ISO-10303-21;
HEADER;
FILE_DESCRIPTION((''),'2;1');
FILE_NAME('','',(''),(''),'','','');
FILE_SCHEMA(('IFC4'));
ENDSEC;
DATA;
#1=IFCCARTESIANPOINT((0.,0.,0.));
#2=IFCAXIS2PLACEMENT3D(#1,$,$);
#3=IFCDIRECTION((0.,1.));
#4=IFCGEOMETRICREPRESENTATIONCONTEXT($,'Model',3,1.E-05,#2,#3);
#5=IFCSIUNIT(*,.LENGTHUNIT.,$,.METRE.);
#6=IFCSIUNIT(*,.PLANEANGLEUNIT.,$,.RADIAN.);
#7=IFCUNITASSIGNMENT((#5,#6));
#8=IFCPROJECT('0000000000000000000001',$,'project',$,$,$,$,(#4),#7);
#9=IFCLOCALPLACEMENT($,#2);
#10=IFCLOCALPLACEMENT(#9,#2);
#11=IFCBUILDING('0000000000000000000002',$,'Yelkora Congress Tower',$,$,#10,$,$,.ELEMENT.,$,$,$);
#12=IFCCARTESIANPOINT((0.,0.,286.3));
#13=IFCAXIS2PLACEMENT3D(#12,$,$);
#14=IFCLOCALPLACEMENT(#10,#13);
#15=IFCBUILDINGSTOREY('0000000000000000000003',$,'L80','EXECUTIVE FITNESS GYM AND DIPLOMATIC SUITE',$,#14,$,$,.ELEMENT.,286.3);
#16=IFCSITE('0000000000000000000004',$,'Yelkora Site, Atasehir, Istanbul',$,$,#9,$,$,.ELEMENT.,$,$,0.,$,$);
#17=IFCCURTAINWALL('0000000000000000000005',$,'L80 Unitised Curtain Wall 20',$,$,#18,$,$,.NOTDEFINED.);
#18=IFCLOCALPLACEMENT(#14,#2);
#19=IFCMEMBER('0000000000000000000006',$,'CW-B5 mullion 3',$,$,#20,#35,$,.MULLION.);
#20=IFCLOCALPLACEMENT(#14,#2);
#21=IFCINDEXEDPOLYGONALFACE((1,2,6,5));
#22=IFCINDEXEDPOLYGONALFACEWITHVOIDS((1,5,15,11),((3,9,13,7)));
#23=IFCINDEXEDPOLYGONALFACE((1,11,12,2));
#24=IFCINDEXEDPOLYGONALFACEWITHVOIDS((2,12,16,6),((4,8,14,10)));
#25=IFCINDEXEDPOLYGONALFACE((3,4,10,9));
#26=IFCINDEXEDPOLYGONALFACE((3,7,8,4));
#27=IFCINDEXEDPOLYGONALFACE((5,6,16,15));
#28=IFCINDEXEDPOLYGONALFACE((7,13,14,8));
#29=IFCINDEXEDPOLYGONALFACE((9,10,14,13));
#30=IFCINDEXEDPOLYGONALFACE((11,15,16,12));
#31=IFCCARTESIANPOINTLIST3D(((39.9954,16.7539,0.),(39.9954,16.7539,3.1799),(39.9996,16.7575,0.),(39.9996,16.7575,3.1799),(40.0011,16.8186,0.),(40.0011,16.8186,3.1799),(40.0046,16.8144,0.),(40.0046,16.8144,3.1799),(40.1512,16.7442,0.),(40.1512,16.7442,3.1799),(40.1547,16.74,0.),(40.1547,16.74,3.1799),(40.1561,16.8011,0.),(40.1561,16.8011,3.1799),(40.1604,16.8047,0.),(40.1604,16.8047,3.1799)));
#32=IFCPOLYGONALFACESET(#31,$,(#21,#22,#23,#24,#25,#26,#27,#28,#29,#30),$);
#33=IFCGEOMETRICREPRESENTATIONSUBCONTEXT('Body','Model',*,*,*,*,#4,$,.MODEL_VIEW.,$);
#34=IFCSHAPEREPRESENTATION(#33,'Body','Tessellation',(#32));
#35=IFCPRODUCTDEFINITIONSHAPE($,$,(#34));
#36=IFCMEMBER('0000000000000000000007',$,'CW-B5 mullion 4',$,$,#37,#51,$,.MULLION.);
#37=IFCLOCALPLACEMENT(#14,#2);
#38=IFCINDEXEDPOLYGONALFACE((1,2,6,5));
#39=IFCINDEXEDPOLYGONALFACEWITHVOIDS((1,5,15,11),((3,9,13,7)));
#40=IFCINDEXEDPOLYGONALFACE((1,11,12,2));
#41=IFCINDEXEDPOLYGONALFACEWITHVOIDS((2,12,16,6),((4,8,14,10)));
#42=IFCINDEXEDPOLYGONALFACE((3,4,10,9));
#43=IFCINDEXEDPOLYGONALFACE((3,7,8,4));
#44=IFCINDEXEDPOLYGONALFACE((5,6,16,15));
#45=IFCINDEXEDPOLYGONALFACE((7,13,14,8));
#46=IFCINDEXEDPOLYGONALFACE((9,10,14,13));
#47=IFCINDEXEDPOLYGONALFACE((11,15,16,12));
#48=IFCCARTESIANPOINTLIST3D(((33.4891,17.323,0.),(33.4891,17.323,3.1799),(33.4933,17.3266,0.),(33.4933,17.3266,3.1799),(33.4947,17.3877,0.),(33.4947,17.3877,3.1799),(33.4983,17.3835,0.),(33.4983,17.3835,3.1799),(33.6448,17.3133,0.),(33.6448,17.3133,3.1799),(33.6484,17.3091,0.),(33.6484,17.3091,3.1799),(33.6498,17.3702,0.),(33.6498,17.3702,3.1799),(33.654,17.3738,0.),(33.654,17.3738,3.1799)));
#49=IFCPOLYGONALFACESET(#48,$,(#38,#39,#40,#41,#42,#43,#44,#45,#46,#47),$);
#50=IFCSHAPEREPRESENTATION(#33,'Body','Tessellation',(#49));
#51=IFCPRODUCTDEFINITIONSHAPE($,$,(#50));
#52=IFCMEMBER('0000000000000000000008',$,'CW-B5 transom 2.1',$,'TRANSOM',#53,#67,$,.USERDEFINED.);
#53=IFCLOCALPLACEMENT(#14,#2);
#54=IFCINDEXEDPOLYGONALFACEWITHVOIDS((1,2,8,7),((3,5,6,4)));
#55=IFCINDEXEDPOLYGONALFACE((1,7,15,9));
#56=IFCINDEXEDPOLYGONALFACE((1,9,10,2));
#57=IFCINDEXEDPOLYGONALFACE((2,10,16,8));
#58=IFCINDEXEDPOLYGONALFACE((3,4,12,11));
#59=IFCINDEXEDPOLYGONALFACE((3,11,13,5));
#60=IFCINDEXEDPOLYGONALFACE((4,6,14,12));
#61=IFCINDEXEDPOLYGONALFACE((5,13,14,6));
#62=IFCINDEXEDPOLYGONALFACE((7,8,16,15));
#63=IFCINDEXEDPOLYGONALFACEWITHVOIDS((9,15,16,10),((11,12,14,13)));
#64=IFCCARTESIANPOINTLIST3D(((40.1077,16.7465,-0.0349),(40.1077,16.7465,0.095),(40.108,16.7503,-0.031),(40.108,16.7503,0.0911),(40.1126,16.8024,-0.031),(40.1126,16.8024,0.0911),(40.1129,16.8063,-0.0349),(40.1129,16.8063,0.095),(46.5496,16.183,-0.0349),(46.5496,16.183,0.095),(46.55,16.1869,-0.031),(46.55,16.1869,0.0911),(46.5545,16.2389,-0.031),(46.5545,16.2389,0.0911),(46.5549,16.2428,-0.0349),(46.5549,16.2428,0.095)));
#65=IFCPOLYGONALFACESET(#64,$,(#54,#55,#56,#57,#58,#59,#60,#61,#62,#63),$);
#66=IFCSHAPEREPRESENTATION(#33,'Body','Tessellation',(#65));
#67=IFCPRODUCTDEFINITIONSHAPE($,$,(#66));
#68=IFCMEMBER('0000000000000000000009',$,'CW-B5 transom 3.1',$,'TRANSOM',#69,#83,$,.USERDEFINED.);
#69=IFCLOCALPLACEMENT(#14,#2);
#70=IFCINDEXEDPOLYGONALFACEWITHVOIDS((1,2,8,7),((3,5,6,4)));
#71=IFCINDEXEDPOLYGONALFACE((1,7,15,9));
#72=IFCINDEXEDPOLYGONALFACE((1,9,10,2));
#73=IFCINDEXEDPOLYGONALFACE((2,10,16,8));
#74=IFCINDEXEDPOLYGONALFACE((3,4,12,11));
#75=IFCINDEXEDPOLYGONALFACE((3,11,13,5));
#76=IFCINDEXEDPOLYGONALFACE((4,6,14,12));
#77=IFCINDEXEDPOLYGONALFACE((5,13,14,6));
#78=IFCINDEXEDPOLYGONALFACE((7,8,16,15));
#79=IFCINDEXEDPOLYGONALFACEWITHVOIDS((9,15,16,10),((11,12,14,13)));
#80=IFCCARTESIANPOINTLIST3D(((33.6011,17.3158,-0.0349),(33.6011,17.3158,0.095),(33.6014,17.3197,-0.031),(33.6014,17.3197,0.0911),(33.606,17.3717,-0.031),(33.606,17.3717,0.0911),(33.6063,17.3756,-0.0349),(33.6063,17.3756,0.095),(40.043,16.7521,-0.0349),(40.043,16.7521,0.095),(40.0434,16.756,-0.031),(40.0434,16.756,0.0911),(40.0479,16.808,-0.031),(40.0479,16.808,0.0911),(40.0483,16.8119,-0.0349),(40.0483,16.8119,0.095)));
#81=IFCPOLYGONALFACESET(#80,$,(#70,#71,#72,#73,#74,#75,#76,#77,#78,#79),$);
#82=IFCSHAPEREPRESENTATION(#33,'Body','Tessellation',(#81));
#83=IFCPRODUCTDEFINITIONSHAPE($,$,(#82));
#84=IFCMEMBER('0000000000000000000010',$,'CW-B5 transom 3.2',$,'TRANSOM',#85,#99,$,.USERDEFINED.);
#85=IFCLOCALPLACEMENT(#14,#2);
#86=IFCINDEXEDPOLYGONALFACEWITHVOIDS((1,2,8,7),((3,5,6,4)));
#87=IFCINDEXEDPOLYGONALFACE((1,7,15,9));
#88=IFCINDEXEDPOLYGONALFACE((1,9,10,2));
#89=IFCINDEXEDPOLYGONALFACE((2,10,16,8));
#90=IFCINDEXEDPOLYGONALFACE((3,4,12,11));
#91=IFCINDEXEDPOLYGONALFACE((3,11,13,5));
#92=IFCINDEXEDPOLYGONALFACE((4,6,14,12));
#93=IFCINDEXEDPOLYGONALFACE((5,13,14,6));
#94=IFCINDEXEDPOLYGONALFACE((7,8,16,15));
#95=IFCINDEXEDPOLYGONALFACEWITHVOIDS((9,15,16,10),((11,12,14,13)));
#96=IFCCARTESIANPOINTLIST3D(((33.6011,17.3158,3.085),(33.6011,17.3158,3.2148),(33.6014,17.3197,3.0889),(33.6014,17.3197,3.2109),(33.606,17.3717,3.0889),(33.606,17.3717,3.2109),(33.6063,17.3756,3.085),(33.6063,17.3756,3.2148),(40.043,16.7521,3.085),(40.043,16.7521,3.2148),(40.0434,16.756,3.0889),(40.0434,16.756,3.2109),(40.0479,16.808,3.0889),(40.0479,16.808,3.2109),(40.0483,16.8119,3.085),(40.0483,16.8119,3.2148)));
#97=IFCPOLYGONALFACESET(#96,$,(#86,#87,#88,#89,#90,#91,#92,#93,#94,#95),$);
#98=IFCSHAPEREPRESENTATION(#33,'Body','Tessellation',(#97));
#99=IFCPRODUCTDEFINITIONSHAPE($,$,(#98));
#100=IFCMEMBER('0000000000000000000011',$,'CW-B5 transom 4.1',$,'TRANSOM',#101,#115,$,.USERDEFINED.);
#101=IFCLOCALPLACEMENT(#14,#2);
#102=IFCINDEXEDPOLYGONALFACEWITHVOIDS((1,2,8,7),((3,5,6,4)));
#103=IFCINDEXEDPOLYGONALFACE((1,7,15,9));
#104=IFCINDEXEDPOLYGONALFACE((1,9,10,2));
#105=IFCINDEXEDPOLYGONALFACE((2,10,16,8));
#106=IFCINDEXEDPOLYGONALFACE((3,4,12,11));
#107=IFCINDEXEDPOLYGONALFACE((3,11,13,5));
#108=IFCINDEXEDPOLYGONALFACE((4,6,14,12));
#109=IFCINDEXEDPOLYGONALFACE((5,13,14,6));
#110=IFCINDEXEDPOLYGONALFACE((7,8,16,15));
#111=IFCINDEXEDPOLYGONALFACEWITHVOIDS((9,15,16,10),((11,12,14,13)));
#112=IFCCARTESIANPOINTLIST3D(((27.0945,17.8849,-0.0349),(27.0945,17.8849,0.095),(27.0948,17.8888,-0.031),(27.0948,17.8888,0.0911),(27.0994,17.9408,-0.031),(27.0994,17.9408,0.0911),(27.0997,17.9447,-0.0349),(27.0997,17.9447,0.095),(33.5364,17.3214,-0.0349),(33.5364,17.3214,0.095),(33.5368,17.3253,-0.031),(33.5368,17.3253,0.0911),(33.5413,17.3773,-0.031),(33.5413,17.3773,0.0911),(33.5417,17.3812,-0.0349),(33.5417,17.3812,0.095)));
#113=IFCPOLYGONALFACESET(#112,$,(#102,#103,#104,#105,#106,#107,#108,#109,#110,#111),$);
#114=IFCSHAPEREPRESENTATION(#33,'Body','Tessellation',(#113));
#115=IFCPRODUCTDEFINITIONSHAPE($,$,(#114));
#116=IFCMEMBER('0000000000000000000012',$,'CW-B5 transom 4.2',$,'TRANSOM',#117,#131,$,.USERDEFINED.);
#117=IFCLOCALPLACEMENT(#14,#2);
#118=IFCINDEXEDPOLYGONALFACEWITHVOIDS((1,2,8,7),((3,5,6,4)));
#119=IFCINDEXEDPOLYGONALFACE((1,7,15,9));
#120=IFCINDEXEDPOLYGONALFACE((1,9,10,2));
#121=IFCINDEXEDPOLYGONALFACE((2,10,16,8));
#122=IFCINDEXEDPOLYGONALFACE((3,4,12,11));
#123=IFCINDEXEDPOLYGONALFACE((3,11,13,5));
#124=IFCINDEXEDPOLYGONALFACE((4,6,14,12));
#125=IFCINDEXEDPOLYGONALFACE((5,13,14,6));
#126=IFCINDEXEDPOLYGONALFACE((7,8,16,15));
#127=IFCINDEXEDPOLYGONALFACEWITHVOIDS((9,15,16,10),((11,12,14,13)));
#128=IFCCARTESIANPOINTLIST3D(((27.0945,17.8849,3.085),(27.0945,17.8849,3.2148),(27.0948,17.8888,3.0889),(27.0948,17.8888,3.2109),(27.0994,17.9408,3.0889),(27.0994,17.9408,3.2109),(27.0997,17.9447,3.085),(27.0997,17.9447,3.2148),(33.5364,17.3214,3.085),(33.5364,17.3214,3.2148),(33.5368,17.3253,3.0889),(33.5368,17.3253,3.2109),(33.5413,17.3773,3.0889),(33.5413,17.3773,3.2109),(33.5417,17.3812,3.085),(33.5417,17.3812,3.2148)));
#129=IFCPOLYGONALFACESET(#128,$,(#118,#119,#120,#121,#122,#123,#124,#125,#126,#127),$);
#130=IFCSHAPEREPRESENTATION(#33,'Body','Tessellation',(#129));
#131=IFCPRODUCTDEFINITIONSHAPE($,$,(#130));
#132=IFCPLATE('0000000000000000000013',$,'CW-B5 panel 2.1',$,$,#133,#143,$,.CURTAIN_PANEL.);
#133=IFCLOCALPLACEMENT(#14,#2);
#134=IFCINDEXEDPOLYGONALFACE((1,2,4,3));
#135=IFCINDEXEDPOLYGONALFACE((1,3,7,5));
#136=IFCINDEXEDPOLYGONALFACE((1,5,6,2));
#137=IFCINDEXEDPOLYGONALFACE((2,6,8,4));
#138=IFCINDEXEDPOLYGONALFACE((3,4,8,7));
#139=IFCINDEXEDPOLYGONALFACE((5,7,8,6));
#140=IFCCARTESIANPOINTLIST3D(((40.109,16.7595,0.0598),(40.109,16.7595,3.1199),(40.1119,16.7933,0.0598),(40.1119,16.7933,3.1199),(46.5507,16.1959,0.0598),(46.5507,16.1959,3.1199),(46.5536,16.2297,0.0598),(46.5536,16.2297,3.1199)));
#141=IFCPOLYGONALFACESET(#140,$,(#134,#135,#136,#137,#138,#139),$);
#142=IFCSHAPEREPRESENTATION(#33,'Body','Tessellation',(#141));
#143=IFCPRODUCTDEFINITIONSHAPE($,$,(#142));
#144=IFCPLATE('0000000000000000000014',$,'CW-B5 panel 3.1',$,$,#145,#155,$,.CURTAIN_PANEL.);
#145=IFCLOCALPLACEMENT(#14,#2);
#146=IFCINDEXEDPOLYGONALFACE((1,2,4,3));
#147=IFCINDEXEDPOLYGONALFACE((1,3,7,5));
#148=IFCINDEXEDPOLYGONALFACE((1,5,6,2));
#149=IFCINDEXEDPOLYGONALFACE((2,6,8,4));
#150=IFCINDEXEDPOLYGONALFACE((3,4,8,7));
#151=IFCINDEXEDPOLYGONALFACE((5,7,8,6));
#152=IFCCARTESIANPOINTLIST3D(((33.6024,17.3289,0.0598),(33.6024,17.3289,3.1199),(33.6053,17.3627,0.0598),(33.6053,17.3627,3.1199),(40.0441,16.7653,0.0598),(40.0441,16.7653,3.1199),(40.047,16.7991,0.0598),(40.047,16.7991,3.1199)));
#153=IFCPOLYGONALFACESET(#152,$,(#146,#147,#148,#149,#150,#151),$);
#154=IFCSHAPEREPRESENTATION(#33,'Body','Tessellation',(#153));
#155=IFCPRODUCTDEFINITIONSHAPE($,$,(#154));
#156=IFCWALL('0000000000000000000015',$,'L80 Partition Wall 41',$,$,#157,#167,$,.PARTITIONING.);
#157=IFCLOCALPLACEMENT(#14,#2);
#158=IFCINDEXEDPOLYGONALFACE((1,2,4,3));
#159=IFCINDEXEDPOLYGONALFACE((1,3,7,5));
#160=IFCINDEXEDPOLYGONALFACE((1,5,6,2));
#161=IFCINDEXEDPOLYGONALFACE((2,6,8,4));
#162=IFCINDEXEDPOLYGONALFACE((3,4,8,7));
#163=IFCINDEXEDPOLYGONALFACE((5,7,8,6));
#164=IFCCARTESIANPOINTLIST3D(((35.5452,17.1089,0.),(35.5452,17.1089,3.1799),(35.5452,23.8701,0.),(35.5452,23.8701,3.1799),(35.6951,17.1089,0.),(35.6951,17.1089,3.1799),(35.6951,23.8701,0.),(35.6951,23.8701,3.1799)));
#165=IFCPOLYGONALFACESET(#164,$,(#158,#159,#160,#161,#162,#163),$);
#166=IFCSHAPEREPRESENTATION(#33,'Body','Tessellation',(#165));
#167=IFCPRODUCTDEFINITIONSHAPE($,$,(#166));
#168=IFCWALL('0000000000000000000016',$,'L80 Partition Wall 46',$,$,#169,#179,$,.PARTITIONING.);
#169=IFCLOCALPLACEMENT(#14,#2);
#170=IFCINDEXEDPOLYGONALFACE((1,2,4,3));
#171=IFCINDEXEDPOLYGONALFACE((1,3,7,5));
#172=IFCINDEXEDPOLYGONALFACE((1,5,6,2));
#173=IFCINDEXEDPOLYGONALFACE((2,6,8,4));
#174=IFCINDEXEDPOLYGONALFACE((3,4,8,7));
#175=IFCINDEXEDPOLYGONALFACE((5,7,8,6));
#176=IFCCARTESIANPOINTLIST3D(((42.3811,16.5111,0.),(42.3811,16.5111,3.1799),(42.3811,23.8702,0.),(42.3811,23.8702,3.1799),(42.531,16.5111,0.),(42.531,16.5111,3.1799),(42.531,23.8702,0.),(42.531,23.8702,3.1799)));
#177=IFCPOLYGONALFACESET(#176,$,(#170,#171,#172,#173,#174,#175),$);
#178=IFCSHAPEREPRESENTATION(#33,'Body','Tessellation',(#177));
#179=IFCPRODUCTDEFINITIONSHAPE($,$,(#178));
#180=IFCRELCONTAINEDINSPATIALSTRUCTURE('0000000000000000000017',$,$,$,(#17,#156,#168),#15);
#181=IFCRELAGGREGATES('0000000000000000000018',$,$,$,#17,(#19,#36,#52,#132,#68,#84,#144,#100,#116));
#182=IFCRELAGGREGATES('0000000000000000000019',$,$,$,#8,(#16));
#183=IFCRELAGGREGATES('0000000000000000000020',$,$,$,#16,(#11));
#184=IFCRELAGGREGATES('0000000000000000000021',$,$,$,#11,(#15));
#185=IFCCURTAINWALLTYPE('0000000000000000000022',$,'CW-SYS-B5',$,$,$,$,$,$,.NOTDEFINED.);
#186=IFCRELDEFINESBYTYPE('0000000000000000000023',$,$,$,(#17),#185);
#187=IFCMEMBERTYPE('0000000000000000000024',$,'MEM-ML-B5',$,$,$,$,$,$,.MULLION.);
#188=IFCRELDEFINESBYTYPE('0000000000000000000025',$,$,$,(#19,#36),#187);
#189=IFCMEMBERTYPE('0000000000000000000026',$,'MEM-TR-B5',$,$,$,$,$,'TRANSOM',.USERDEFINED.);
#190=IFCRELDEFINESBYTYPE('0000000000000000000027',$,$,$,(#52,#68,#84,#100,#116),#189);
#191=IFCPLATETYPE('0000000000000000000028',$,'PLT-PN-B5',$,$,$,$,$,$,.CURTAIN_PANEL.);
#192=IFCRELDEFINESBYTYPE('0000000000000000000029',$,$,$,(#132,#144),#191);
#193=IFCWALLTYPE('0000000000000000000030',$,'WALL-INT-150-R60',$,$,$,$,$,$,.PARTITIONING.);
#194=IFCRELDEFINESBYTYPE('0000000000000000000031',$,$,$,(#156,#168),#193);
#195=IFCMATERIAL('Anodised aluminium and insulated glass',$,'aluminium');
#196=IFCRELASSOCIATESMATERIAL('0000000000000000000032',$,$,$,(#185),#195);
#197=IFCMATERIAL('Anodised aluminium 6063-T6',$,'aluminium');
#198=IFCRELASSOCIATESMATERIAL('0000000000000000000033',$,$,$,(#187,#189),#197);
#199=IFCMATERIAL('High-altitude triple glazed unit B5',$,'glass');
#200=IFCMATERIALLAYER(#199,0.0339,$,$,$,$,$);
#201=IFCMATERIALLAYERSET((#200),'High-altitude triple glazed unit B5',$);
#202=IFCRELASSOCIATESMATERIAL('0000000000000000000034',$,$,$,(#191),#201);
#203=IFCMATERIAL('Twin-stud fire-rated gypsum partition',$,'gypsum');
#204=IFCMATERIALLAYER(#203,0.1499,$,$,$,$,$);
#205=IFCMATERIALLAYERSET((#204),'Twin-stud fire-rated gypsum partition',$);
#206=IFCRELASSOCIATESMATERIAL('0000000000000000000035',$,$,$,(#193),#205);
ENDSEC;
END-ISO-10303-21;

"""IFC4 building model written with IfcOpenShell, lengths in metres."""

from ifc_helpers import new_model, si_unit, direction, frame, frame_2d, origin, origin_2d, place, context, subcontext, project, spatial, rectangle, hollow_rectangle, extrude, material, layer, layer_set, material_profile, profile_set, type_object, element, aggregate, save


model = new_model("IFC4")

# Units and contexts
model_context = context("Model", 3, precision=1e-05, world=origin(), true_north=direction((0.0, 1.0)))
body_context = subcontext(model_context, "Body", "Model", "MODEL_VIEW")
ifc_project = project(units=[si_unit("LENGTHUNIT", "METRE"), si_unit("PLANEANGLEUNIT", "RADIAN")], contexts=[model_context])

# Site, building, storey
site_placement = place(None, origin())
site = spatial("IfcSite", under=ifc_project, at=site_placement, Name="Yelkora Site, Atasehir, Istanbul", CompositionType="ELEMENT", RefElevation=0.0)
building_placement = place(site_placement, origin())
building = spatial("IfcBuilding", under=site, at=building_placement, Name="Yelkora Congress Tower", CompositionType="ELEMENT")
storey_placement = place(building_placement, frame((0.0, 0.0, 286.3)))
storey = spatial("IfcBuildingStorey", under=building, at=storey_placement, Name="L80", Description="EXECUTIVE FITNESS GYM AND DIPLOMATIC SUITE", CompositionType="ELEMENT", Elevation=286.3)

# Curtain wall, members, plates
ifc_material_1 = material(Name="Anodised aluminium and insulated glass", Category="aluminium")
curtain_wall_type = type_object("IfcCurtainWallType", Name="CW-SYS-B5", PredefinedType="NOTDEFINED", material=ifc_material_1)
curtain_wall_placement = place(storey_placement, origin())
curtain_wall = element("IfcCurtainWall", 1, at=curtain_wall_placement, inside=storey, type_object=curtain_wall_type, Name="L80 Unitised Curtain Wall 20", PredefinedType="NOTDEFINED")
ifc_material_2 = material(Name="Anodised aluminium 6063-T6", Category="aluminium")
ifc_material_profile_1 = material_profile(ifc_material_2, hollow_rectangle(XDim=0.0649, YDim=0.1599, WallThickness=0.0039, at=origin_2d()), Name="ALU 65x160x4")
ifc_profile_set_1 = profile_set([ifc_material_profile_1], Name="Anodised aluminium 6063-T6")
member_type_1 = type_object("IfcMemberType", Name="MEM-ML-B5", PredefinedType="MULLION", material=ifc_profile_set_1)
member_1_placement = place(storey_placement, frame((40.0779, 16.7793, 0.0), z_axis=(0.0, 0.0, 1.0), x_axis=(-0.087157, -0.996195, 0.0)))
member_1 = element("IfcMember", 2, at=member_1_placement, type_object=member_type_1, Name="CW-B5 mullion 3", PredefinedType="MULLION", context=body_context, shape_type="SweptSolid", body=[
    extrude(hollow_rectangle(XDim=0.0649, YDim=0.1599, WallThickness=0.0039, at=origin_2d()), origin(), (0.0, 0.0, 1.0), 3.1799),
])
member_2_placement = place(storey_placement, frame((33.5715, 17.3484, 0.0), z_axis=(0.0, 0.0, 1.0), x_axis=(-0.087157, -0.996195, 0.0)))
member_2 = element("IfcMember", 3, at=member_2_placement, type_object=member_type_1, Name="CW-B5 mullion 4", PredefinedType="MULLION", context=body_context, shape_type="SweptSolid", body=[
    extrude(hollow_rectangle(XDim=0.0649, YDim=0.1599, WallThickness=0.0039, at=origin_2d()), origin(), (0.0, 0.0, 1.0), 3.1799),
])
ifc_material_profile_2 = material_profile(ifc_material_2, hollow_rectangle(XDim=0.0601, YDim=0.1299, WallThickness=0.0039, at=origin_2d()), Name="ALU 60x130x4")
ifc_profile_set_2 = profile_set([ifc_material_profile_2], Name="Anodised aluminium 6063-T6")
member_type_2 = type_object("IfcMemberType", Name="MEM-TR-B5", ElementType="TRANSOM", PredefinedType="USERDEFINED", material=ifc_profile_set_2)
member_3_placement = place(storey_placement, frame((46.5522, 16.2129, 0.03), z_axis=(-0.996196, 0.087138, 0.0), x_axis=(-0.087138, -0.996196, 0.0)))
member_3 = element("IfcMember", 4, at=member_3_placement, type_object=member_type_2, Name="CW-B5 transom 2.1", ObjectType="TRANSOM", PredefinedType="USERDEFINED", context=body_context, shape_type="SweptSolid", body=[
    extrude(hollow_rectangle(XDim=0.0601, YDim=0.1299, WallThickness=0.0039, at=origin_2d()), origin(), (0.0, 0.0, 1.0), 6.4666),
])
member_4_placement = place(storey_placement, frame((40.0457, 16.782, 0.03), z_axis=(-0.996193, 0.087175, 0.0), x_axis=(-0.087175, -0.996193, 0.0)))
member_4 = element("IfcMember", 5, at=member_4_placement, type_object=member_type_2, Name="CW-B5 transom 3.1", ObjectType="TRANSOM", PredefinedType="USERDEFINED", context=body_context, shape_type="SweptSolid", body=[
    extrude(hollow_rectangle(XDim=0.0601, YDim=0.1299, WallThickness=0.0039, at=origin_2d()), origin(), (0.0, 0.0, 1.0), 6.4666),
])
member_5_placement = place(storey_placement, frame((40.0457, 16.782, 3.1499), z_axis=(-0.996193, 0.087175, 0.0), x_axis=(-0.087175, -0.996193, 0.0)))
member_5 = element("IfcMember", 6, at=member_5_placement, type_object=member_type_2, Name="CW-B5 transom 3.2", ObjectType="TRANSOM", PredefinedType="USERDEFINED", context=body_context, shape_type="SweptSolid", body=[
    extrude(hollow_rectangle(XDim=0.0601, YDim=0.1299, WallThickness=0.0039, at=origin_2d()), origin(), (0.0, 0.0, 1.0), 6.4666),
])
member_6_placement = place(storey_placement, frame((33.5391, 17.3513, 0.03), z_axis=(-0.996196, 0.087138, 0.0), x_axis=(-0.087138, -0.996196, 0.0)))
member_6 = element("IfcMember", 7, at=member_6_placement, type_object=member_type_2, Name="CW-B5 transom 4.1", ObjectType="TRANSOM", PredefinedType="USERDEFINED", context=body_context, shape_type="SweptSolid", body=[
    extrude(hollow_rectangle(XDim=0.0601, YDim=0.1299, WallThickness=0.0039, at=origin_2d()), origin(), (0.0, 0.0, 1.0), 6.4666),
])
member_7_placement = place(storey_placement, frame((33.5391, 17.3513, 3.1499), z_axis=(-0.996196, 0.087138, 0.0), x_axis=(-0.087138, -0.996196, 0.0)))
member_7 = element("IfcMember", 8, at=member_7_placement, type_object=member_type_2, Name="CW-B5 transom 4.2", ObjectType="TRANSOM", PredefinedType="USERDEFINED", context=body_context, shape_type="SweptSolid", body=[
    extrude(hollow_rectangle(XDim=0.0601, YDim=0.1299, WallThickness=0.0039, at=origin_2d()), origin(), (0.0, 0.0, 1.0), 6.4666),
])
ifc_material_3 = material(Name="High-altitude triple glazed unit B5", Category="glass")
ifc_layer_1 = layer(ifc_material_3, 0.0339)
ifc_layer_set_1 = layer_set([ifc_layer_1], Name="High-altitude triple glazed unit B5")
plate_type = type_object("IfcPlateType", Name="PLT-PN-B5", PredefinedType="CURTAIN_PANEL", material=ifc_layer_set_1)
plate_1_placement = place(storey_placement, frame((43.3313, 16.4946, 0.0598), z_axis=(0.0, 0.0, 1.0), x_axis=(-0.996195, 0.087157, 0.0)))
plate_1 = element("IfcPlate", 9, at=plate_1_placement, type_object=plate_type, Name="CW-B5 panel 2.1", PredefinedType="CURTAIN_PANEL", context=body_context, shape_type="SweptSolid", body=[
    extrude(rectangle(XDim=6.4663, YDim=0.0339, at=origin_2d()), origin(), (0.0, 0.0, 1.0), 3.0601),
])
plate_2_placement = place(storey_placement, frame((36.8247, 17.064, 0.0598), z_axis=(0.0, 0.0, 1.0), x_axis=(-0.996195, 0.087157, 0.0)))
plate_2 = element("IfcPlate", 10, at=plate_2_placement, type_object=plate_type, Name="CW-B5 panel 3.1", PredefinedType="CURTAIN_PANEL", context=body_context, shape_type="SweptSolid", body=[
    extrude(rectangle(XDim=6.4663, YDim=0.0339, at=origin_2d()), origin(), (0.0, 0.0, 1.0), 3.0601),
])
aggregate(curtain_wall, [member_1, member_2, member_3, plate_1, member_4, member_5, plate_2, member_6, member_7])

# Walls
ifc_material_4 = material(Name="Twin-stud fire-rated gypsum partition", Category="gypsum")
ifc_layer_2 = layer(ifc_material_4, 0.1499)
ifc_layer_set_2 = layer_set([ifc_layer_2], Name="Twin-stud fire-rated gypsum partition")
wall_type = type_object("IfcWallType", Name="WALL-INT-150-R60", PredefinedType="PARTITIONING", material=ifc_layer_set_2)
wall_1_placement = place(storey_placement, frame((35.6201, 17.1089, 0.0), z_axis=(0.0, 0.0, 1.0), x_axis=(0.0, 1.0, 0.0)))
element("IfcWall", 11, at=wall_1_placement, inside=storey, type_object=wall_type, Name="L80 Partition Wall 41", PredefinedType="PARTITIONING", context=body_context, shape_type="SweptSolid", body=[
    extrude(rectangle(XDim=6.7612, YDim=0.1499, at=frame_2d((3.3806, 0.0))), origin(), (0.0, 0.0, 1.0), 3.1799),
])
wall_2_placement = place(storey_placement, frame((42.4561, 16.511, 0.0), z_axis=(0.0, 0.0, 1.0), x_axis=(0.0, 1.0, 0.0)))
element("IfcWall", 12, at=wall_2_placement, inside=storey, type_object=wall_type, Name="L80 Partition Wall 46", PredefinedType="PARTITIONING", context=body_context, shape_type="SweptSolid", body=[
    extrude(rectangle(XDim=7.3591, YDim=0.1499, at=frame_2d((3.6797, 0.0))), origin(), (0.0, 0.0, 1.0), 3.1799),
])

save(model, "model.ifc")
